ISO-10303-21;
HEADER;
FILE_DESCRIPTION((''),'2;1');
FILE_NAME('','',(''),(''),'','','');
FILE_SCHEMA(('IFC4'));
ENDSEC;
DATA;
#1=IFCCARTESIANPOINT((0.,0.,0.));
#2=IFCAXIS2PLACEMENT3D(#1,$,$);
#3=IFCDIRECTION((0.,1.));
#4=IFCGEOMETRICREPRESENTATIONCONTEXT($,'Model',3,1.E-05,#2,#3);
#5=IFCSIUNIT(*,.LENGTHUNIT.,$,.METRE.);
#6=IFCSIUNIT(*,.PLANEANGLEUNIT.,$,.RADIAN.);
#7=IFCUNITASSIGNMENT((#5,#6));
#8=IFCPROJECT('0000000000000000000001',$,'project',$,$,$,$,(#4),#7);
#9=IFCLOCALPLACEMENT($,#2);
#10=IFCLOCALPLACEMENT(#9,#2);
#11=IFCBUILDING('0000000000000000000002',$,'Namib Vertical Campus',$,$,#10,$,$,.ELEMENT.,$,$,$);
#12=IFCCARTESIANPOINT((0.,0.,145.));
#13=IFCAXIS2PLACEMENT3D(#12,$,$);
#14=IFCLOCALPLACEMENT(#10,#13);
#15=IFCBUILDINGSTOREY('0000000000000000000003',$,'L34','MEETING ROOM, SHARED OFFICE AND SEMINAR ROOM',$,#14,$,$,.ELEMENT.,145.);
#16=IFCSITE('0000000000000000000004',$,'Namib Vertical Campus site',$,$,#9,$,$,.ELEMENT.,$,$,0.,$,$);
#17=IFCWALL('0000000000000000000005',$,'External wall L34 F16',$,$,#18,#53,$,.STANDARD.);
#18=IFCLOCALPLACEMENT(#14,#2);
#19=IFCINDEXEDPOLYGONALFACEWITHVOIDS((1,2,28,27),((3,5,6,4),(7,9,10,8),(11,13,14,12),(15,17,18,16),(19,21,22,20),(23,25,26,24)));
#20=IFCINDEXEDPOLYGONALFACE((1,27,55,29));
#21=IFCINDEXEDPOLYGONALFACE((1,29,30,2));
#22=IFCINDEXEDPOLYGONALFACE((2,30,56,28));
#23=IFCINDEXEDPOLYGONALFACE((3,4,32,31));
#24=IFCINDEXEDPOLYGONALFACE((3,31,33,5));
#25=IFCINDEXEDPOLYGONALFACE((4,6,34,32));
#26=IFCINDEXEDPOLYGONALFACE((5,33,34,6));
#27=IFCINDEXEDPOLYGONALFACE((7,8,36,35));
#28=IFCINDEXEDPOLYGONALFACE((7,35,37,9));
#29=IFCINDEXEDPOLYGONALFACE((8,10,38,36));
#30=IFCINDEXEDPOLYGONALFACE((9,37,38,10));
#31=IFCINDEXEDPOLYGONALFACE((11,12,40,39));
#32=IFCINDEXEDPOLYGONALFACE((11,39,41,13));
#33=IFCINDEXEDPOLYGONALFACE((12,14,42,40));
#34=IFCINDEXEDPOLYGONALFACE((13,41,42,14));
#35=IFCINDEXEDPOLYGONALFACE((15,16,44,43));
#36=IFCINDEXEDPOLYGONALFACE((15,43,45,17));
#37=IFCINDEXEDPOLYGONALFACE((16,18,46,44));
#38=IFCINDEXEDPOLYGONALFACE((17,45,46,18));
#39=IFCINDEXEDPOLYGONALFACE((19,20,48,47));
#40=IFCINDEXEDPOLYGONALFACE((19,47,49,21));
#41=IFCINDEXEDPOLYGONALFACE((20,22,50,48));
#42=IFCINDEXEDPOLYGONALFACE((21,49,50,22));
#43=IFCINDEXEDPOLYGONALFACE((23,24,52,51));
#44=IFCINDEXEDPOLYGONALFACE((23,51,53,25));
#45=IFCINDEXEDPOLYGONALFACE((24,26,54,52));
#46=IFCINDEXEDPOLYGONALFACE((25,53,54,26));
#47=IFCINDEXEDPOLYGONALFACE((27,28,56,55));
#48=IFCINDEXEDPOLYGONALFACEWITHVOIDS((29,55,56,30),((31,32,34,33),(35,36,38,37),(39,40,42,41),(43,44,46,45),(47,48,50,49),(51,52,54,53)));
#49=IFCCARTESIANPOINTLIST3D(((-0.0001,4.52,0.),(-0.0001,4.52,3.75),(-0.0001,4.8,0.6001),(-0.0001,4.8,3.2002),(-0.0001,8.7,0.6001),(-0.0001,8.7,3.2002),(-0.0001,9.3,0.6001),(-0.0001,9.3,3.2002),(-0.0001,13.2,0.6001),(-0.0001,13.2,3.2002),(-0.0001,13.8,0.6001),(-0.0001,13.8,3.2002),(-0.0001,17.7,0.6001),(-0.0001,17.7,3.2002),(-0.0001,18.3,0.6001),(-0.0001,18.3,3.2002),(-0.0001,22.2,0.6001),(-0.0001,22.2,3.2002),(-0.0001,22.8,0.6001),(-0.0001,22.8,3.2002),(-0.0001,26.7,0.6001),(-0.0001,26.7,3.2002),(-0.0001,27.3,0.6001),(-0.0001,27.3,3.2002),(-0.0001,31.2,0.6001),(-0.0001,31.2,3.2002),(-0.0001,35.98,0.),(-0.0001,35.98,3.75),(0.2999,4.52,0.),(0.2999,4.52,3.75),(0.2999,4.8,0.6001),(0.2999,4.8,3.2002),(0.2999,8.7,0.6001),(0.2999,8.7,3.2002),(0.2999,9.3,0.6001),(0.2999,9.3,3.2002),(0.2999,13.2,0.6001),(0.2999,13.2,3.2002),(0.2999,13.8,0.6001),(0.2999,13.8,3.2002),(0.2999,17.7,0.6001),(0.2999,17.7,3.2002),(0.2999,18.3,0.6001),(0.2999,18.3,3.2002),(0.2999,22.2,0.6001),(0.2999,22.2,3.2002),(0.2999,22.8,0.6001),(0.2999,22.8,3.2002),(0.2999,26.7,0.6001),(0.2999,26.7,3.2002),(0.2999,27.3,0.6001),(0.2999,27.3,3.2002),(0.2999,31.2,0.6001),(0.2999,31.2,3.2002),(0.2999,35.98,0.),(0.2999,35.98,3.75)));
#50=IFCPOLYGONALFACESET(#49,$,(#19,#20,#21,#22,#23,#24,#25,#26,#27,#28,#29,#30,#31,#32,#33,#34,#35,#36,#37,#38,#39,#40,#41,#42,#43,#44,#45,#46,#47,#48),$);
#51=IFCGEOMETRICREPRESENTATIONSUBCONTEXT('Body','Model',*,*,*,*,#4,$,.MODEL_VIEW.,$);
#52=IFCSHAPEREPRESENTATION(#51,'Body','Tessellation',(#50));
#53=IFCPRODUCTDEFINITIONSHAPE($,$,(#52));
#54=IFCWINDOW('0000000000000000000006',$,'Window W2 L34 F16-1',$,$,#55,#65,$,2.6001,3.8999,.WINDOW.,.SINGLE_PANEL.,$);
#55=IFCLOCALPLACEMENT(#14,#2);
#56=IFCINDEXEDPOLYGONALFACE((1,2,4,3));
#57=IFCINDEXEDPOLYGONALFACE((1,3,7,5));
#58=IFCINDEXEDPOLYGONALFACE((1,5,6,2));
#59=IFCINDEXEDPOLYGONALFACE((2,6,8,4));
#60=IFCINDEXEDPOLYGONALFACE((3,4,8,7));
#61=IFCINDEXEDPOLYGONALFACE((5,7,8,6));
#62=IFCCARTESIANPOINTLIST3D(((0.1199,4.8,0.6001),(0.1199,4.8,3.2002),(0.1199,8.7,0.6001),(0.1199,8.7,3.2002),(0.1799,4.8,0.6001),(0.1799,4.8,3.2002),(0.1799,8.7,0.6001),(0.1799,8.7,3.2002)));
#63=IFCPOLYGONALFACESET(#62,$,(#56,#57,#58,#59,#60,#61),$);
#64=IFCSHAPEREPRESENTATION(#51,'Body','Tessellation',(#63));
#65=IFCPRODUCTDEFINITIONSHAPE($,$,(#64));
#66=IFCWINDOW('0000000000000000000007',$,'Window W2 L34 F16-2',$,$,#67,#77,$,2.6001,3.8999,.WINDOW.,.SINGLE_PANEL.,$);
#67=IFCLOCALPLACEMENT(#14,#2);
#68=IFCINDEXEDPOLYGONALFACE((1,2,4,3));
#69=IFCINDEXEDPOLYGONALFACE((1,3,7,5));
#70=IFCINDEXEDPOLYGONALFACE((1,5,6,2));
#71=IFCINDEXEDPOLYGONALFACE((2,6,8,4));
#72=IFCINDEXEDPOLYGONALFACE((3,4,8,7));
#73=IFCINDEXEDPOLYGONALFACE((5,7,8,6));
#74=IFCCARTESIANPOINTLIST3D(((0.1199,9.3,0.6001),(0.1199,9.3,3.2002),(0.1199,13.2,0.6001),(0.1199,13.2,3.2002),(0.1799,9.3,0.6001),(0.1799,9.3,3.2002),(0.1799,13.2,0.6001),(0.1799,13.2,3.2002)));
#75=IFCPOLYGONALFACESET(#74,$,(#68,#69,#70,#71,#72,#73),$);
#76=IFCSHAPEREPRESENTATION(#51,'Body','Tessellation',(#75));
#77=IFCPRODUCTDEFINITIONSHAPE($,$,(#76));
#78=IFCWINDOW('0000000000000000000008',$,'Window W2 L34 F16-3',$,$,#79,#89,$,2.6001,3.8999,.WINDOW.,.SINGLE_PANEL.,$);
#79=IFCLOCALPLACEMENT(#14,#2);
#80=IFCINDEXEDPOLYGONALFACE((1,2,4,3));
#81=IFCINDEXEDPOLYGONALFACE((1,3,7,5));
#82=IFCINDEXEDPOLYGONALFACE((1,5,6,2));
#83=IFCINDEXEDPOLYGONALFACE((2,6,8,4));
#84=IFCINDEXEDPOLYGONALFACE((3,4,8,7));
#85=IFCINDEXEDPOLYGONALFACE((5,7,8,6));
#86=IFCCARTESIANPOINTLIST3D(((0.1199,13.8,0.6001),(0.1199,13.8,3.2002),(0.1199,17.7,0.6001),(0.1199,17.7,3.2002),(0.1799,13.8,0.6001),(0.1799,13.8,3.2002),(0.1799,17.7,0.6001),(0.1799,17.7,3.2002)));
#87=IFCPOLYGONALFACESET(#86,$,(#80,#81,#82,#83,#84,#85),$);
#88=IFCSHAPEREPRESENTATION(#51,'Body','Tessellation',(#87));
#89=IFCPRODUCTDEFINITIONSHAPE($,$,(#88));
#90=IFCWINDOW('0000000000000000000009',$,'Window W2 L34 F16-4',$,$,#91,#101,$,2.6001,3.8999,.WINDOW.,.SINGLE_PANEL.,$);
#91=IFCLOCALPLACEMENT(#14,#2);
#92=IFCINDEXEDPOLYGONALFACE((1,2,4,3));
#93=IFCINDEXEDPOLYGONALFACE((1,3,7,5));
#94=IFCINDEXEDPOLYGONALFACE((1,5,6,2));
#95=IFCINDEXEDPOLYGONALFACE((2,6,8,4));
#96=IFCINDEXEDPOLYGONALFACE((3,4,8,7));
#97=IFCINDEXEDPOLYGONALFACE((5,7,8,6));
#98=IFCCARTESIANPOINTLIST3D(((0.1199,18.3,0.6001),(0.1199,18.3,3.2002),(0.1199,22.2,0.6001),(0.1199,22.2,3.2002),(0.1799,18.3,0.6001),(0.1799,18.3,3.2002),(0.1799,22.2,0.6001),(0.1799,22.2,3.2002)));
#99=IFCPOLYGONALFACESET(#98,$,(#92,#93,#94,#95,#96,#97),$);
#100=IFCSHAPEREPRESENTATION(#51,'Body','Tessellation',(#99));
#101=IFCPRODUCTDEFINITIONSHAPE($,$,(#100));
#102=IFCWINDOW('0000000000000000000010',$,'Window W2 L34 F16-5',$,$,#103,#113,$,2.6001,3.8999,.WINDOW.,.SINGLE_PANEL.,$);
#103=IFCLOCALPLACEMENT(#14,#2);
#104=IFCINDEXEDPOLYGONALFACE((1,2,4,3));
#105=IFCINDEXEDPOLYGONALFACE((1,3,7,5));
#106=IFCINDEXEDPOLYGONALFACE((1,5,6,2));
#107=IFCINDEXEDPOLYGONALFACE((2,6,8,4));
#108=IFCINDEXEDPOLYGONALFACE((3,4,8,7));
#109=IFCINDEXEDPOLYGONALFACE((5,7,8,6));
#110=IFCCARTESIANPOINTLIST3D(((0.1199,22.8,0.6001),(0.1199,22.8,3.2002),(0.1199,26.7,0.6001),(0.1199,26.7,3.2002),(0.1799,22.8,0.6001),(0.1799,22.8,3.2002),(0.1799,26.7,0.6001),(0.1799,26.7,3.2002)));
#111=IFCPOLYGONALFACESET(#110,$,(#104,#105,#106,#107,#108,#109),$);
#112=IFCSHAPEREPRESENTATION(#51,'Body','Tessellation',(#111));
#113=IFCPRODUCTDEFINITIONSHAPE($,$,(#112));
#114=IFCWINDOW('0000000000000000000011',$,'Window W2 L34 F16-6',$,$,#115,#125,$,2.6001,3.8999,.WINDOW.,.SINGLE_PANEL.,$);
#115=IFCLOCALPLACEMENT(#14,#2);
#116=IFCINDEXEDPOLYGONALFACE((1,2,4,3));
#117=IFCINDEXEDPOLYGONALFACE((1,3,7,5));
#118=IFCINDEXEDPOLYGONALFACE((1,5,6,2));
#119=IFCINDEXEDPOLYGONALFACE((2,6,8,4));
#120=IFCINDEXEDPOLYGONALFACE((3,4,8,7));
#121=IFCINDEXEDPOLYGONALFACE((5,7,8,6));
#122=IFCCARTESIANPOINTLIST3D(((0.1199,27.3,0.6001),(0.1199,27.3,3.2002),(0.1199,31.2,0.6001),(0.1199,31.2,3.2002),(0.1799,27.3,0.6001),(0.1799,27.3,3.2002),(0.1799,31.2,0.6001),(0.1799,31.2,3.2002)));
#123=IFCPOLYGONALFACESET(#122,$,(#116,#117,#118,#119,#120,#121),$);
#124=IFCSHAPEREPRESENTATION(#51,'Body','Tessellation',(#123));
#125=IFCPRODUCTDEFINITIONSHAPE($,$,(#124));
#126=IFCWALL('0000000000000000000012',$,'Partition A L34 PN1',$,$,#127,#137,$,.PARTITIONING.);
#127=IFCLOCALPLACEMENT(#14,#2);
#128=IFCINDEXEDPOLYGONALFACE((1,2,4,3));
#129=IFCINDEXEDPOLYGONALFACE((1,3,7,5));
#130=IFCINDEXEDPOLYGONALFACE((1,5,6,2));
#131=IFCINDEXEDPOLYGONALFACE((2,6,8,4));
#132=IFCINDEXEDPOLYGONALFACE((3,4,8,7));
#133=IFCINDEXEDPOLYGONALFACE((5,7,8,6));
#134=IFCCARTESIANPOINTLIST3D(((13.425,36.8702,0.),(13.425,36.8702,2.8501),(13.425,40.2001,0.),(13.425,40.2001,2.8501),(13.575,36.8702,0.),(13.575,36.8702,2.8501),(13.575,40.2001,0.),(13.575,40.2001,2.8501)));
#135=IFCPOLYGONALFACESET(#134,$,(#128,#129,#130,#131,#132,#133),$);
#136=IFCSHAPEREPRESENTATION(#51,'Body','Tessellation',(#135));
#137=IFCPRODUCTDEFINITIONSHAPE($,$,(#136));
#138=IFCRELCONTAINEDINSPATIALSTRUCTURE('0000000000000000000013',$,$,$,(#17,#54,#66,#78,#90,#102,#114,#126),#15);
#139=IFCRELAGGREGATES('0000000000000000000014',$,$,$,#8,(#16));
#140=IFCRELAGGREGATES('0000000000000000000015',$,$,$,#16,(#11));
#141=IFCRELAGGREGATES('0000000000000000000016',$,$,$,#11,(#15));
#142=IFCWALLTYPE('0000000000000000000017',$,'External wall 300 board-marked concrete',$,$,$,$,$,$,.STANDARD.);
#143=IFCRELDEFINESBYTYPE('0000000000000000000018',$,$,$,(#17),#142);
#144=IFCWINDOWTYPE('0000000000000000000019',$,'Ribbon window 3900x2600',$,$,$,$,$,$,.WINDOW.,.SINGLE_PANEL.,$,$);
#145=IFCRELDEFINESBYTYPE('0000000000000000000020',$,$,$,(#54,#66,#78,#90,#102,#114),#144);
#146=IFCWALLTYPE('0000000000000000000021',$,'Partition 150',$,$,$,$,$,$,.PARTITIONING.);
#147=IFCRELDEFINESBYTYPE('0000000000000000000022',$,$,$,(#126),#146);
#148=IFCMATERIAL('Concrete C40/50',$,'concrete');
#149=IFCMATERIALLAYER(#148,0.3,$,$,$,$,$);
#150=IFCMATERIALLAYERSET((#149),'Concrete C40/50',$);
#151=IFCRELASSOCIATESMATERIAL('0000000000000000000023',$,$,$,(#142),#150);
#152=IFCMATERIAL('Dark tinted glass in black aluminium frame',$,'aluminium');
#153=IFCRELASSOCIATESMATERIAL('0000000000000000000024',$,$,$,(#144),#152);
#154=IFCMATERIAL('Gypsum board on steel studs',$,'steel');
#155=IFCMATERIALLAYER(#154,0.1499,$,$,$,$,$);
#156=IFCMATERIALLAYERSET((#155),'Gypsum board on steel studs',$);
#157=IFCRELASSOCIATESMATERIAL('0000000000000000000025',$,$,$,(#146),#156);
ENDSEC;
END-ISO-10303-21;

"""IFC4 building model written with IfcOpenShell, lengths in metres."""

from ifc_helpers import new_model, si_unit, direction, frame, frame_2d, origin, place, context, subcontext, project, spatial, rectangle, extrude, material, layer, layer_set, type_object, element, fill, save


model = new_model("IFC4")

# Units and contexts
model_context = context("Model", 3, precision=1e-05, world=origin(), true_north=direction((0.0, 1.0)))
body_context = subcontext(model_context, "Body", "Model", "MODEL_VIEW")
ifc_project = project(units=[si_unit("LENGTHUNIT", "METRE"), si_unit("PLANEANGLEUNIT", "RADIAN")], contexts=[model_context])

# Site, building, storey
site_placement = place(None, origin())
site = spatial("IfcSite", under=ifc_project, at=site_placement, Name="Namib Vertical Campus site", CompositionType="ELEMENT", RefElevation=0.0)
building_placement = place(site_placement, origin())
building = spatial("IfcBuilding", under=site, at=building_placement, Name="Namib Vertical Campus", CompositionType="ELEMENT")
storey_placement = place(building_placement, frame((0.0, 0.0, 145.0)))
storey = spatial("IfcBuildingStorey", under=building, at=storey_placement, Name="L34", Description="MEETING ROOM, SHARED OFFICE AND SEMINAR ROOM", CompositionType="ELEMENT", Elevation=145.0)

# Shared definitions
ifc_material_1 = material(Name="Concrete C40/50", Category="concrete")
ifc_layer_1 = layer(ifc_material_1, 0.3)
ifc_layer_set_1 = layer_set([ifc_layer_1], Name="Concrete C40/50")
wall_type_1 = type_object("IfcWallType", Name="External wall 300 board-marked concrete", PredefinedType="STANDARD", material=ifc_layer_set_1)

# Wall, openings, windows
wall_1_placement = place(storey_placement, frame((0.1499, 35.98, 0.0), z_axis=(0.0, 0.0, 1.0), x_axis=(0.0, -1.0, 0.0)))
wall_1 = element("IfcWall", 1, at=wall_1_placement, inside=storey, type_object=wall_type_1, Name="External wall L34 F16", PredefinedType="STANDARD", context=body_context, shape_type="SweptSolid", body=[
    extrude(rectangle(XDim=31.46, YDim=0.3, at=frame_2d((15.73, 0.0))), origin(), (0.0, 0.0, 1.0), 3.75),
])
opening_1_placement = place(wall_1_placement, frame((27.28, 0.0, 0.6001)))
opening_1 = element("IfcOpeningElement", 2, at=opening_1_placement, cuts=wall_1, PredefinedType="OPENING", context=body_context, shape_type="SweptSolid", body=[
    extrude(rectangle(XDim=3.8999, YDim=2.6001, at=frame_2d((1.95, 1.3))), frame((0.0, 0.1599, 0.0), z_axis=(0.0, -1.0, 0.0), x_axis=(1.0, 0.0, 0.0)), (0.0, 0.0, 1.0), 0.3201),
])
opening_2_placement = place(wall_1_placement, frame((22.78, 0.0, 0.6001)))
opening_2 = element("IfcOpeningElement", 3, at=opening_2_placement, cuts=wall_1, PredefinedType="OPENING", context=body_context, shape_type="SweptSolid", body=[
    extrude(rectangle(XDim=3.8999, YDim=2.6001, at=frame_2d((1.95, 1.3))), frame((0.0, 0.1599, 0.0), z_axis=(0.0, -1.0, 0.0), x_axis=(1.0, 0.0, 0.0)), (0.0, 0.0, 1.0), 0.3201),
])
opening_3_placement = place(wall_1_placement, frame((18.28, 0.0, 0.6001)))
opening_3 = element("IfcOpeningElement", 4, at=opening_3_placement, cuts=wall_1, PredefinedType="OPENING", context=body_context, shape_type="SweptSolid", body=[
    extrude(rectangle(XDim=3.8999, YDim=2.6001, at=frame_2d((1.95, 1.3))), frame((0.0, 0.1599, 0.0), z_axis=(0.0, -1.0, 0.0), x_axis=(1.0, 0.0, 0.0)), (0.0, 0.0, 1.0), 0.3201),
])
opening_4_placement = place(wall_1_placement, frame((13.78, 0.0, 0.6001)))
opening_4 = element("IfcOpeningElement", 5, at=opening_4_placement, cuts=wall_1, PredefinedType="OPENING", context=body_context, shape_type="SweptSolid", body=[
    extrude(rectangle(XDim=3.8999, YDim=2.6001, at=frame_2d((1.95, 1.3))), frame((0.0, 0.1599, 0.0), z_axis=(0.0, -1.0, 0.0), x_axis=(1.0, 0.0, 0.0)), (0.0, 0.0, 1.0), 0.3201),
])
opening_5_placement = place(wall_1_placement, frame((9.28, 0.0, 0.6001)))
opening_5 = element("IfcOpeningElement", 6, at=opening_5_placement, cuts=wall_1, PredefinedType="OPENING", context=body_context, shape_type="SweptSolid", body=[
    extrude(rectangle(XDim=3.8999, YDim=2.6001, at=frame_2d((1.95, 1.3))), frame((0.0, 0.1599, 0.0), z_axis=(0.0, -1.0, 0.0), x_axis=(1.0, 0.0, 0.0)), (0.0, 0.0, 1.0), 0.3201),
])
opening_6_placement = place(wall_1_placement, frame((4.78, 0.0, 0.6001)))
opening_6 = element("IfcOpeningElement", 7, at=opening_6_placement, cuts=wall_1, PredefinedType="OPENING", context=body_context, shape_type="SweptSolid", body=[
    extrude(rectangle(XDim=3.8999, YDim=2.6001, at=frame_2d((1.95, 1.3))), frame((0.0, 0.1599, 0.0), z_axis=(0.0, -1.0, 0.0), x_axis=(1.0, 0.0, 0.0)), (0.0, 0.0, 1.0), 0.3201),
])
ifc_material_2 = material(Name="Dark tinted glass in black aluminium frame", Category="aluminium")
window_type = type_object("IfcWindowType", Name="Ribbon window 3900x2600", PartitioningType="SINGLE_PANEL", PredefinedType="WINDOW", material=ifc_material_2)
window_1_placement = place(opening_1_placement, origin())
window_1 = element("IfcWindow", 8, at=window_1_placement, inside=storey, type_object=window_type, Name="Window W2 L34 F16-1", OverallHeight=2.6001, OverallWidth=3.8999, PartitioningType="SINGLE_PANEL", PredefinedType="WINDOW", context=body_context, shape_type="SweptSolid", body=[
    extrude(rectangle(XDim=3.8999, YDim=2.6001, at=frame_2d((1.95, 1.3))), frame((0.0, 0.03, 0.0), z_axis=(0.0, -1.0, 0.0), x_axis=(1.0, 0.0, 0.0)), (0.0, 0.0, 1.0), 0.0601),
])
fill(opening_1, window_1)
window_2_placement = place(opening_2_placement, origin())
window_2 = element("IfcWindow", 9, at=window_2_placement, inside=storey, type_object=window_type, Name="Window W2 L34 F16-2", OverallHeight=2.6001, OverallWidth=3.8999, PartitioningType="SINGLE_PANEL", PredefinedType="WINDOW", context=body_context, shape_type="SweptSolid", body=[
    extrude(rectangle(XDim=3.8999, YDim=2.6001, at=frame_2d((1.95, 1.3))), frame((0.0, 0.03, 0.0), z_axis=(0.0, -1.0, 0.0), x_axis=(1.0, 0.0, 0.0)), (0.0, 0.0, 1.0), 0.0601),
])
fill(opening_2, window_2)
window_3_placement = place(opening_3_placement, origin())
window_3 = element("IfcWindow", 10, at=window_3_placement, inside=storey, type_object=window_type, Name="Window W2 L34 F16-3", OverallHeight=2.6001, OverallWidth=3.8999, PartitioningType="SINGLE_PANEL", PredefinedType="WINDOW", context=body_context, shape_type="SweptSolid", body=[
    extrude(rectangle(XDim=3.8999, YDim=2.6001, at=frame_2d((1.95, 1.3))), frame((0.0, 0.03, 0.0), z_axis=(0.0, -1.0, 0.0), x_axis=(1.0, 0.0, 0.0)), (0.0, 0.0, 1.0), 0.0601),
])
fill(opening_3, window_3)
window_4_placement = place(opening_4_placement, origin())
window_4 = element("IfcWindow", 11, at=window_4_placement, inside=storey, type_object=window_type, Name="Window W2 L34 F16-4", OverallHeight=2.6001, OverallWidth=3.8999, PartitioningType="SINGLE_PANEL", PredefinedType="WINDOW", context=body_context, shape_type="SweptSolid", body=[
    extrude(rectangle(XDim=3.8999, YDim=2.6001, at=frame_2d((1.95, 1.3))), frame((0.0, 0.03, 0.0), z_axis=(0.0, -1.0, 0.0), x_axis=(1.0, 0.0, 0.0)), (0.0, 0.0, 1.0), 0.0601),
])
fill(opening_4, window_4)
window_5_placement = place(opening_5_placement, origin())
window_5 = element("IfcWindow", 12, at=window_5_placement, inside=storey, type_object=window_type, Name="Window W2 L34 F16-5", OverallHeight=2.6001, OverallWidth=3.8999, PartitioningType="SINGLE_PANEL", PredefinedType="WINDOW", context=body_context, shape_type="SweptSolid", body=[
    extrude(rectangle(XDim=3.8999, YDim=2.6001, at=frame_2d((1.95, 1.3))), frame((0.0, 0.03, 0.0), z_axis=(0.0, -1.0, 0.0), x_axis=(1.0, 0.0, 0.0)), (0.0, 0.0, 1.0), 0.0601),
])
fill(opening_5, window_5)
window_6_placement = place(opening_6_placement, origin())
window_6 = element("IfcWindow", 13, at=window_6_placement, inside=storey, type_object=window_type, Name="Window W2 L34 F16-6", OverallHeight=2.6001, OverallWidth=3.8999, PartitioningType="SINGLE_PANEL", PredefinedType="WINDOW", context=body_context, shape_type="SweptSolid", body=[
    extrude(rectangle(XDim=3.8999, YDim=2.6001, at=frame_2d((1.95, 1.3))), frame((0.0, 0.03, 0.0), z_axis=(0.0, -1.0, 0.0), x_axis=(1.0, 0.0, 0.0)), (0.0, 0.0, 1.0), 0.0601),
])
fill(opening_6, window_6)

# Wall
ifc_material_3 = material(Name="Gypsum board on steel studs", Category="steel")
ifc_layer_2 = layer(ifc_material_3, 0.1499)
ifc_layer_set_2 = layer_set([ifc_layer_2], Name="Gypsum board on steel studs")
wall_type_2 = type_object("IfcWallType", Name="Partition 150", PredefinedType="PARTITIONING", material=ifc_layer_set_2)
wall_2_placement = place(storey_placement, frame((13.5, 36.8701, 0.0), z_axis=(0.0, 0.0, 1.0), x_axis=(0.0, 1.0, 0.0)))
element("IfcWall", 14, at=wall_2_placement, inside=storey, type_object=wall_type_2, Name="Partition A L34 PN1", PredefinedType="PARTITIONING", context=body_context, shape_type="SweptSolid", body=[
    extrude(rectangle(XDim=3.3298, YDim=0.1499, at=frame_2d((1.665, 0.0))), origin(), (0.0, 0.0, 1.0), 2.8501),
])

save(model, "model.ifc")
